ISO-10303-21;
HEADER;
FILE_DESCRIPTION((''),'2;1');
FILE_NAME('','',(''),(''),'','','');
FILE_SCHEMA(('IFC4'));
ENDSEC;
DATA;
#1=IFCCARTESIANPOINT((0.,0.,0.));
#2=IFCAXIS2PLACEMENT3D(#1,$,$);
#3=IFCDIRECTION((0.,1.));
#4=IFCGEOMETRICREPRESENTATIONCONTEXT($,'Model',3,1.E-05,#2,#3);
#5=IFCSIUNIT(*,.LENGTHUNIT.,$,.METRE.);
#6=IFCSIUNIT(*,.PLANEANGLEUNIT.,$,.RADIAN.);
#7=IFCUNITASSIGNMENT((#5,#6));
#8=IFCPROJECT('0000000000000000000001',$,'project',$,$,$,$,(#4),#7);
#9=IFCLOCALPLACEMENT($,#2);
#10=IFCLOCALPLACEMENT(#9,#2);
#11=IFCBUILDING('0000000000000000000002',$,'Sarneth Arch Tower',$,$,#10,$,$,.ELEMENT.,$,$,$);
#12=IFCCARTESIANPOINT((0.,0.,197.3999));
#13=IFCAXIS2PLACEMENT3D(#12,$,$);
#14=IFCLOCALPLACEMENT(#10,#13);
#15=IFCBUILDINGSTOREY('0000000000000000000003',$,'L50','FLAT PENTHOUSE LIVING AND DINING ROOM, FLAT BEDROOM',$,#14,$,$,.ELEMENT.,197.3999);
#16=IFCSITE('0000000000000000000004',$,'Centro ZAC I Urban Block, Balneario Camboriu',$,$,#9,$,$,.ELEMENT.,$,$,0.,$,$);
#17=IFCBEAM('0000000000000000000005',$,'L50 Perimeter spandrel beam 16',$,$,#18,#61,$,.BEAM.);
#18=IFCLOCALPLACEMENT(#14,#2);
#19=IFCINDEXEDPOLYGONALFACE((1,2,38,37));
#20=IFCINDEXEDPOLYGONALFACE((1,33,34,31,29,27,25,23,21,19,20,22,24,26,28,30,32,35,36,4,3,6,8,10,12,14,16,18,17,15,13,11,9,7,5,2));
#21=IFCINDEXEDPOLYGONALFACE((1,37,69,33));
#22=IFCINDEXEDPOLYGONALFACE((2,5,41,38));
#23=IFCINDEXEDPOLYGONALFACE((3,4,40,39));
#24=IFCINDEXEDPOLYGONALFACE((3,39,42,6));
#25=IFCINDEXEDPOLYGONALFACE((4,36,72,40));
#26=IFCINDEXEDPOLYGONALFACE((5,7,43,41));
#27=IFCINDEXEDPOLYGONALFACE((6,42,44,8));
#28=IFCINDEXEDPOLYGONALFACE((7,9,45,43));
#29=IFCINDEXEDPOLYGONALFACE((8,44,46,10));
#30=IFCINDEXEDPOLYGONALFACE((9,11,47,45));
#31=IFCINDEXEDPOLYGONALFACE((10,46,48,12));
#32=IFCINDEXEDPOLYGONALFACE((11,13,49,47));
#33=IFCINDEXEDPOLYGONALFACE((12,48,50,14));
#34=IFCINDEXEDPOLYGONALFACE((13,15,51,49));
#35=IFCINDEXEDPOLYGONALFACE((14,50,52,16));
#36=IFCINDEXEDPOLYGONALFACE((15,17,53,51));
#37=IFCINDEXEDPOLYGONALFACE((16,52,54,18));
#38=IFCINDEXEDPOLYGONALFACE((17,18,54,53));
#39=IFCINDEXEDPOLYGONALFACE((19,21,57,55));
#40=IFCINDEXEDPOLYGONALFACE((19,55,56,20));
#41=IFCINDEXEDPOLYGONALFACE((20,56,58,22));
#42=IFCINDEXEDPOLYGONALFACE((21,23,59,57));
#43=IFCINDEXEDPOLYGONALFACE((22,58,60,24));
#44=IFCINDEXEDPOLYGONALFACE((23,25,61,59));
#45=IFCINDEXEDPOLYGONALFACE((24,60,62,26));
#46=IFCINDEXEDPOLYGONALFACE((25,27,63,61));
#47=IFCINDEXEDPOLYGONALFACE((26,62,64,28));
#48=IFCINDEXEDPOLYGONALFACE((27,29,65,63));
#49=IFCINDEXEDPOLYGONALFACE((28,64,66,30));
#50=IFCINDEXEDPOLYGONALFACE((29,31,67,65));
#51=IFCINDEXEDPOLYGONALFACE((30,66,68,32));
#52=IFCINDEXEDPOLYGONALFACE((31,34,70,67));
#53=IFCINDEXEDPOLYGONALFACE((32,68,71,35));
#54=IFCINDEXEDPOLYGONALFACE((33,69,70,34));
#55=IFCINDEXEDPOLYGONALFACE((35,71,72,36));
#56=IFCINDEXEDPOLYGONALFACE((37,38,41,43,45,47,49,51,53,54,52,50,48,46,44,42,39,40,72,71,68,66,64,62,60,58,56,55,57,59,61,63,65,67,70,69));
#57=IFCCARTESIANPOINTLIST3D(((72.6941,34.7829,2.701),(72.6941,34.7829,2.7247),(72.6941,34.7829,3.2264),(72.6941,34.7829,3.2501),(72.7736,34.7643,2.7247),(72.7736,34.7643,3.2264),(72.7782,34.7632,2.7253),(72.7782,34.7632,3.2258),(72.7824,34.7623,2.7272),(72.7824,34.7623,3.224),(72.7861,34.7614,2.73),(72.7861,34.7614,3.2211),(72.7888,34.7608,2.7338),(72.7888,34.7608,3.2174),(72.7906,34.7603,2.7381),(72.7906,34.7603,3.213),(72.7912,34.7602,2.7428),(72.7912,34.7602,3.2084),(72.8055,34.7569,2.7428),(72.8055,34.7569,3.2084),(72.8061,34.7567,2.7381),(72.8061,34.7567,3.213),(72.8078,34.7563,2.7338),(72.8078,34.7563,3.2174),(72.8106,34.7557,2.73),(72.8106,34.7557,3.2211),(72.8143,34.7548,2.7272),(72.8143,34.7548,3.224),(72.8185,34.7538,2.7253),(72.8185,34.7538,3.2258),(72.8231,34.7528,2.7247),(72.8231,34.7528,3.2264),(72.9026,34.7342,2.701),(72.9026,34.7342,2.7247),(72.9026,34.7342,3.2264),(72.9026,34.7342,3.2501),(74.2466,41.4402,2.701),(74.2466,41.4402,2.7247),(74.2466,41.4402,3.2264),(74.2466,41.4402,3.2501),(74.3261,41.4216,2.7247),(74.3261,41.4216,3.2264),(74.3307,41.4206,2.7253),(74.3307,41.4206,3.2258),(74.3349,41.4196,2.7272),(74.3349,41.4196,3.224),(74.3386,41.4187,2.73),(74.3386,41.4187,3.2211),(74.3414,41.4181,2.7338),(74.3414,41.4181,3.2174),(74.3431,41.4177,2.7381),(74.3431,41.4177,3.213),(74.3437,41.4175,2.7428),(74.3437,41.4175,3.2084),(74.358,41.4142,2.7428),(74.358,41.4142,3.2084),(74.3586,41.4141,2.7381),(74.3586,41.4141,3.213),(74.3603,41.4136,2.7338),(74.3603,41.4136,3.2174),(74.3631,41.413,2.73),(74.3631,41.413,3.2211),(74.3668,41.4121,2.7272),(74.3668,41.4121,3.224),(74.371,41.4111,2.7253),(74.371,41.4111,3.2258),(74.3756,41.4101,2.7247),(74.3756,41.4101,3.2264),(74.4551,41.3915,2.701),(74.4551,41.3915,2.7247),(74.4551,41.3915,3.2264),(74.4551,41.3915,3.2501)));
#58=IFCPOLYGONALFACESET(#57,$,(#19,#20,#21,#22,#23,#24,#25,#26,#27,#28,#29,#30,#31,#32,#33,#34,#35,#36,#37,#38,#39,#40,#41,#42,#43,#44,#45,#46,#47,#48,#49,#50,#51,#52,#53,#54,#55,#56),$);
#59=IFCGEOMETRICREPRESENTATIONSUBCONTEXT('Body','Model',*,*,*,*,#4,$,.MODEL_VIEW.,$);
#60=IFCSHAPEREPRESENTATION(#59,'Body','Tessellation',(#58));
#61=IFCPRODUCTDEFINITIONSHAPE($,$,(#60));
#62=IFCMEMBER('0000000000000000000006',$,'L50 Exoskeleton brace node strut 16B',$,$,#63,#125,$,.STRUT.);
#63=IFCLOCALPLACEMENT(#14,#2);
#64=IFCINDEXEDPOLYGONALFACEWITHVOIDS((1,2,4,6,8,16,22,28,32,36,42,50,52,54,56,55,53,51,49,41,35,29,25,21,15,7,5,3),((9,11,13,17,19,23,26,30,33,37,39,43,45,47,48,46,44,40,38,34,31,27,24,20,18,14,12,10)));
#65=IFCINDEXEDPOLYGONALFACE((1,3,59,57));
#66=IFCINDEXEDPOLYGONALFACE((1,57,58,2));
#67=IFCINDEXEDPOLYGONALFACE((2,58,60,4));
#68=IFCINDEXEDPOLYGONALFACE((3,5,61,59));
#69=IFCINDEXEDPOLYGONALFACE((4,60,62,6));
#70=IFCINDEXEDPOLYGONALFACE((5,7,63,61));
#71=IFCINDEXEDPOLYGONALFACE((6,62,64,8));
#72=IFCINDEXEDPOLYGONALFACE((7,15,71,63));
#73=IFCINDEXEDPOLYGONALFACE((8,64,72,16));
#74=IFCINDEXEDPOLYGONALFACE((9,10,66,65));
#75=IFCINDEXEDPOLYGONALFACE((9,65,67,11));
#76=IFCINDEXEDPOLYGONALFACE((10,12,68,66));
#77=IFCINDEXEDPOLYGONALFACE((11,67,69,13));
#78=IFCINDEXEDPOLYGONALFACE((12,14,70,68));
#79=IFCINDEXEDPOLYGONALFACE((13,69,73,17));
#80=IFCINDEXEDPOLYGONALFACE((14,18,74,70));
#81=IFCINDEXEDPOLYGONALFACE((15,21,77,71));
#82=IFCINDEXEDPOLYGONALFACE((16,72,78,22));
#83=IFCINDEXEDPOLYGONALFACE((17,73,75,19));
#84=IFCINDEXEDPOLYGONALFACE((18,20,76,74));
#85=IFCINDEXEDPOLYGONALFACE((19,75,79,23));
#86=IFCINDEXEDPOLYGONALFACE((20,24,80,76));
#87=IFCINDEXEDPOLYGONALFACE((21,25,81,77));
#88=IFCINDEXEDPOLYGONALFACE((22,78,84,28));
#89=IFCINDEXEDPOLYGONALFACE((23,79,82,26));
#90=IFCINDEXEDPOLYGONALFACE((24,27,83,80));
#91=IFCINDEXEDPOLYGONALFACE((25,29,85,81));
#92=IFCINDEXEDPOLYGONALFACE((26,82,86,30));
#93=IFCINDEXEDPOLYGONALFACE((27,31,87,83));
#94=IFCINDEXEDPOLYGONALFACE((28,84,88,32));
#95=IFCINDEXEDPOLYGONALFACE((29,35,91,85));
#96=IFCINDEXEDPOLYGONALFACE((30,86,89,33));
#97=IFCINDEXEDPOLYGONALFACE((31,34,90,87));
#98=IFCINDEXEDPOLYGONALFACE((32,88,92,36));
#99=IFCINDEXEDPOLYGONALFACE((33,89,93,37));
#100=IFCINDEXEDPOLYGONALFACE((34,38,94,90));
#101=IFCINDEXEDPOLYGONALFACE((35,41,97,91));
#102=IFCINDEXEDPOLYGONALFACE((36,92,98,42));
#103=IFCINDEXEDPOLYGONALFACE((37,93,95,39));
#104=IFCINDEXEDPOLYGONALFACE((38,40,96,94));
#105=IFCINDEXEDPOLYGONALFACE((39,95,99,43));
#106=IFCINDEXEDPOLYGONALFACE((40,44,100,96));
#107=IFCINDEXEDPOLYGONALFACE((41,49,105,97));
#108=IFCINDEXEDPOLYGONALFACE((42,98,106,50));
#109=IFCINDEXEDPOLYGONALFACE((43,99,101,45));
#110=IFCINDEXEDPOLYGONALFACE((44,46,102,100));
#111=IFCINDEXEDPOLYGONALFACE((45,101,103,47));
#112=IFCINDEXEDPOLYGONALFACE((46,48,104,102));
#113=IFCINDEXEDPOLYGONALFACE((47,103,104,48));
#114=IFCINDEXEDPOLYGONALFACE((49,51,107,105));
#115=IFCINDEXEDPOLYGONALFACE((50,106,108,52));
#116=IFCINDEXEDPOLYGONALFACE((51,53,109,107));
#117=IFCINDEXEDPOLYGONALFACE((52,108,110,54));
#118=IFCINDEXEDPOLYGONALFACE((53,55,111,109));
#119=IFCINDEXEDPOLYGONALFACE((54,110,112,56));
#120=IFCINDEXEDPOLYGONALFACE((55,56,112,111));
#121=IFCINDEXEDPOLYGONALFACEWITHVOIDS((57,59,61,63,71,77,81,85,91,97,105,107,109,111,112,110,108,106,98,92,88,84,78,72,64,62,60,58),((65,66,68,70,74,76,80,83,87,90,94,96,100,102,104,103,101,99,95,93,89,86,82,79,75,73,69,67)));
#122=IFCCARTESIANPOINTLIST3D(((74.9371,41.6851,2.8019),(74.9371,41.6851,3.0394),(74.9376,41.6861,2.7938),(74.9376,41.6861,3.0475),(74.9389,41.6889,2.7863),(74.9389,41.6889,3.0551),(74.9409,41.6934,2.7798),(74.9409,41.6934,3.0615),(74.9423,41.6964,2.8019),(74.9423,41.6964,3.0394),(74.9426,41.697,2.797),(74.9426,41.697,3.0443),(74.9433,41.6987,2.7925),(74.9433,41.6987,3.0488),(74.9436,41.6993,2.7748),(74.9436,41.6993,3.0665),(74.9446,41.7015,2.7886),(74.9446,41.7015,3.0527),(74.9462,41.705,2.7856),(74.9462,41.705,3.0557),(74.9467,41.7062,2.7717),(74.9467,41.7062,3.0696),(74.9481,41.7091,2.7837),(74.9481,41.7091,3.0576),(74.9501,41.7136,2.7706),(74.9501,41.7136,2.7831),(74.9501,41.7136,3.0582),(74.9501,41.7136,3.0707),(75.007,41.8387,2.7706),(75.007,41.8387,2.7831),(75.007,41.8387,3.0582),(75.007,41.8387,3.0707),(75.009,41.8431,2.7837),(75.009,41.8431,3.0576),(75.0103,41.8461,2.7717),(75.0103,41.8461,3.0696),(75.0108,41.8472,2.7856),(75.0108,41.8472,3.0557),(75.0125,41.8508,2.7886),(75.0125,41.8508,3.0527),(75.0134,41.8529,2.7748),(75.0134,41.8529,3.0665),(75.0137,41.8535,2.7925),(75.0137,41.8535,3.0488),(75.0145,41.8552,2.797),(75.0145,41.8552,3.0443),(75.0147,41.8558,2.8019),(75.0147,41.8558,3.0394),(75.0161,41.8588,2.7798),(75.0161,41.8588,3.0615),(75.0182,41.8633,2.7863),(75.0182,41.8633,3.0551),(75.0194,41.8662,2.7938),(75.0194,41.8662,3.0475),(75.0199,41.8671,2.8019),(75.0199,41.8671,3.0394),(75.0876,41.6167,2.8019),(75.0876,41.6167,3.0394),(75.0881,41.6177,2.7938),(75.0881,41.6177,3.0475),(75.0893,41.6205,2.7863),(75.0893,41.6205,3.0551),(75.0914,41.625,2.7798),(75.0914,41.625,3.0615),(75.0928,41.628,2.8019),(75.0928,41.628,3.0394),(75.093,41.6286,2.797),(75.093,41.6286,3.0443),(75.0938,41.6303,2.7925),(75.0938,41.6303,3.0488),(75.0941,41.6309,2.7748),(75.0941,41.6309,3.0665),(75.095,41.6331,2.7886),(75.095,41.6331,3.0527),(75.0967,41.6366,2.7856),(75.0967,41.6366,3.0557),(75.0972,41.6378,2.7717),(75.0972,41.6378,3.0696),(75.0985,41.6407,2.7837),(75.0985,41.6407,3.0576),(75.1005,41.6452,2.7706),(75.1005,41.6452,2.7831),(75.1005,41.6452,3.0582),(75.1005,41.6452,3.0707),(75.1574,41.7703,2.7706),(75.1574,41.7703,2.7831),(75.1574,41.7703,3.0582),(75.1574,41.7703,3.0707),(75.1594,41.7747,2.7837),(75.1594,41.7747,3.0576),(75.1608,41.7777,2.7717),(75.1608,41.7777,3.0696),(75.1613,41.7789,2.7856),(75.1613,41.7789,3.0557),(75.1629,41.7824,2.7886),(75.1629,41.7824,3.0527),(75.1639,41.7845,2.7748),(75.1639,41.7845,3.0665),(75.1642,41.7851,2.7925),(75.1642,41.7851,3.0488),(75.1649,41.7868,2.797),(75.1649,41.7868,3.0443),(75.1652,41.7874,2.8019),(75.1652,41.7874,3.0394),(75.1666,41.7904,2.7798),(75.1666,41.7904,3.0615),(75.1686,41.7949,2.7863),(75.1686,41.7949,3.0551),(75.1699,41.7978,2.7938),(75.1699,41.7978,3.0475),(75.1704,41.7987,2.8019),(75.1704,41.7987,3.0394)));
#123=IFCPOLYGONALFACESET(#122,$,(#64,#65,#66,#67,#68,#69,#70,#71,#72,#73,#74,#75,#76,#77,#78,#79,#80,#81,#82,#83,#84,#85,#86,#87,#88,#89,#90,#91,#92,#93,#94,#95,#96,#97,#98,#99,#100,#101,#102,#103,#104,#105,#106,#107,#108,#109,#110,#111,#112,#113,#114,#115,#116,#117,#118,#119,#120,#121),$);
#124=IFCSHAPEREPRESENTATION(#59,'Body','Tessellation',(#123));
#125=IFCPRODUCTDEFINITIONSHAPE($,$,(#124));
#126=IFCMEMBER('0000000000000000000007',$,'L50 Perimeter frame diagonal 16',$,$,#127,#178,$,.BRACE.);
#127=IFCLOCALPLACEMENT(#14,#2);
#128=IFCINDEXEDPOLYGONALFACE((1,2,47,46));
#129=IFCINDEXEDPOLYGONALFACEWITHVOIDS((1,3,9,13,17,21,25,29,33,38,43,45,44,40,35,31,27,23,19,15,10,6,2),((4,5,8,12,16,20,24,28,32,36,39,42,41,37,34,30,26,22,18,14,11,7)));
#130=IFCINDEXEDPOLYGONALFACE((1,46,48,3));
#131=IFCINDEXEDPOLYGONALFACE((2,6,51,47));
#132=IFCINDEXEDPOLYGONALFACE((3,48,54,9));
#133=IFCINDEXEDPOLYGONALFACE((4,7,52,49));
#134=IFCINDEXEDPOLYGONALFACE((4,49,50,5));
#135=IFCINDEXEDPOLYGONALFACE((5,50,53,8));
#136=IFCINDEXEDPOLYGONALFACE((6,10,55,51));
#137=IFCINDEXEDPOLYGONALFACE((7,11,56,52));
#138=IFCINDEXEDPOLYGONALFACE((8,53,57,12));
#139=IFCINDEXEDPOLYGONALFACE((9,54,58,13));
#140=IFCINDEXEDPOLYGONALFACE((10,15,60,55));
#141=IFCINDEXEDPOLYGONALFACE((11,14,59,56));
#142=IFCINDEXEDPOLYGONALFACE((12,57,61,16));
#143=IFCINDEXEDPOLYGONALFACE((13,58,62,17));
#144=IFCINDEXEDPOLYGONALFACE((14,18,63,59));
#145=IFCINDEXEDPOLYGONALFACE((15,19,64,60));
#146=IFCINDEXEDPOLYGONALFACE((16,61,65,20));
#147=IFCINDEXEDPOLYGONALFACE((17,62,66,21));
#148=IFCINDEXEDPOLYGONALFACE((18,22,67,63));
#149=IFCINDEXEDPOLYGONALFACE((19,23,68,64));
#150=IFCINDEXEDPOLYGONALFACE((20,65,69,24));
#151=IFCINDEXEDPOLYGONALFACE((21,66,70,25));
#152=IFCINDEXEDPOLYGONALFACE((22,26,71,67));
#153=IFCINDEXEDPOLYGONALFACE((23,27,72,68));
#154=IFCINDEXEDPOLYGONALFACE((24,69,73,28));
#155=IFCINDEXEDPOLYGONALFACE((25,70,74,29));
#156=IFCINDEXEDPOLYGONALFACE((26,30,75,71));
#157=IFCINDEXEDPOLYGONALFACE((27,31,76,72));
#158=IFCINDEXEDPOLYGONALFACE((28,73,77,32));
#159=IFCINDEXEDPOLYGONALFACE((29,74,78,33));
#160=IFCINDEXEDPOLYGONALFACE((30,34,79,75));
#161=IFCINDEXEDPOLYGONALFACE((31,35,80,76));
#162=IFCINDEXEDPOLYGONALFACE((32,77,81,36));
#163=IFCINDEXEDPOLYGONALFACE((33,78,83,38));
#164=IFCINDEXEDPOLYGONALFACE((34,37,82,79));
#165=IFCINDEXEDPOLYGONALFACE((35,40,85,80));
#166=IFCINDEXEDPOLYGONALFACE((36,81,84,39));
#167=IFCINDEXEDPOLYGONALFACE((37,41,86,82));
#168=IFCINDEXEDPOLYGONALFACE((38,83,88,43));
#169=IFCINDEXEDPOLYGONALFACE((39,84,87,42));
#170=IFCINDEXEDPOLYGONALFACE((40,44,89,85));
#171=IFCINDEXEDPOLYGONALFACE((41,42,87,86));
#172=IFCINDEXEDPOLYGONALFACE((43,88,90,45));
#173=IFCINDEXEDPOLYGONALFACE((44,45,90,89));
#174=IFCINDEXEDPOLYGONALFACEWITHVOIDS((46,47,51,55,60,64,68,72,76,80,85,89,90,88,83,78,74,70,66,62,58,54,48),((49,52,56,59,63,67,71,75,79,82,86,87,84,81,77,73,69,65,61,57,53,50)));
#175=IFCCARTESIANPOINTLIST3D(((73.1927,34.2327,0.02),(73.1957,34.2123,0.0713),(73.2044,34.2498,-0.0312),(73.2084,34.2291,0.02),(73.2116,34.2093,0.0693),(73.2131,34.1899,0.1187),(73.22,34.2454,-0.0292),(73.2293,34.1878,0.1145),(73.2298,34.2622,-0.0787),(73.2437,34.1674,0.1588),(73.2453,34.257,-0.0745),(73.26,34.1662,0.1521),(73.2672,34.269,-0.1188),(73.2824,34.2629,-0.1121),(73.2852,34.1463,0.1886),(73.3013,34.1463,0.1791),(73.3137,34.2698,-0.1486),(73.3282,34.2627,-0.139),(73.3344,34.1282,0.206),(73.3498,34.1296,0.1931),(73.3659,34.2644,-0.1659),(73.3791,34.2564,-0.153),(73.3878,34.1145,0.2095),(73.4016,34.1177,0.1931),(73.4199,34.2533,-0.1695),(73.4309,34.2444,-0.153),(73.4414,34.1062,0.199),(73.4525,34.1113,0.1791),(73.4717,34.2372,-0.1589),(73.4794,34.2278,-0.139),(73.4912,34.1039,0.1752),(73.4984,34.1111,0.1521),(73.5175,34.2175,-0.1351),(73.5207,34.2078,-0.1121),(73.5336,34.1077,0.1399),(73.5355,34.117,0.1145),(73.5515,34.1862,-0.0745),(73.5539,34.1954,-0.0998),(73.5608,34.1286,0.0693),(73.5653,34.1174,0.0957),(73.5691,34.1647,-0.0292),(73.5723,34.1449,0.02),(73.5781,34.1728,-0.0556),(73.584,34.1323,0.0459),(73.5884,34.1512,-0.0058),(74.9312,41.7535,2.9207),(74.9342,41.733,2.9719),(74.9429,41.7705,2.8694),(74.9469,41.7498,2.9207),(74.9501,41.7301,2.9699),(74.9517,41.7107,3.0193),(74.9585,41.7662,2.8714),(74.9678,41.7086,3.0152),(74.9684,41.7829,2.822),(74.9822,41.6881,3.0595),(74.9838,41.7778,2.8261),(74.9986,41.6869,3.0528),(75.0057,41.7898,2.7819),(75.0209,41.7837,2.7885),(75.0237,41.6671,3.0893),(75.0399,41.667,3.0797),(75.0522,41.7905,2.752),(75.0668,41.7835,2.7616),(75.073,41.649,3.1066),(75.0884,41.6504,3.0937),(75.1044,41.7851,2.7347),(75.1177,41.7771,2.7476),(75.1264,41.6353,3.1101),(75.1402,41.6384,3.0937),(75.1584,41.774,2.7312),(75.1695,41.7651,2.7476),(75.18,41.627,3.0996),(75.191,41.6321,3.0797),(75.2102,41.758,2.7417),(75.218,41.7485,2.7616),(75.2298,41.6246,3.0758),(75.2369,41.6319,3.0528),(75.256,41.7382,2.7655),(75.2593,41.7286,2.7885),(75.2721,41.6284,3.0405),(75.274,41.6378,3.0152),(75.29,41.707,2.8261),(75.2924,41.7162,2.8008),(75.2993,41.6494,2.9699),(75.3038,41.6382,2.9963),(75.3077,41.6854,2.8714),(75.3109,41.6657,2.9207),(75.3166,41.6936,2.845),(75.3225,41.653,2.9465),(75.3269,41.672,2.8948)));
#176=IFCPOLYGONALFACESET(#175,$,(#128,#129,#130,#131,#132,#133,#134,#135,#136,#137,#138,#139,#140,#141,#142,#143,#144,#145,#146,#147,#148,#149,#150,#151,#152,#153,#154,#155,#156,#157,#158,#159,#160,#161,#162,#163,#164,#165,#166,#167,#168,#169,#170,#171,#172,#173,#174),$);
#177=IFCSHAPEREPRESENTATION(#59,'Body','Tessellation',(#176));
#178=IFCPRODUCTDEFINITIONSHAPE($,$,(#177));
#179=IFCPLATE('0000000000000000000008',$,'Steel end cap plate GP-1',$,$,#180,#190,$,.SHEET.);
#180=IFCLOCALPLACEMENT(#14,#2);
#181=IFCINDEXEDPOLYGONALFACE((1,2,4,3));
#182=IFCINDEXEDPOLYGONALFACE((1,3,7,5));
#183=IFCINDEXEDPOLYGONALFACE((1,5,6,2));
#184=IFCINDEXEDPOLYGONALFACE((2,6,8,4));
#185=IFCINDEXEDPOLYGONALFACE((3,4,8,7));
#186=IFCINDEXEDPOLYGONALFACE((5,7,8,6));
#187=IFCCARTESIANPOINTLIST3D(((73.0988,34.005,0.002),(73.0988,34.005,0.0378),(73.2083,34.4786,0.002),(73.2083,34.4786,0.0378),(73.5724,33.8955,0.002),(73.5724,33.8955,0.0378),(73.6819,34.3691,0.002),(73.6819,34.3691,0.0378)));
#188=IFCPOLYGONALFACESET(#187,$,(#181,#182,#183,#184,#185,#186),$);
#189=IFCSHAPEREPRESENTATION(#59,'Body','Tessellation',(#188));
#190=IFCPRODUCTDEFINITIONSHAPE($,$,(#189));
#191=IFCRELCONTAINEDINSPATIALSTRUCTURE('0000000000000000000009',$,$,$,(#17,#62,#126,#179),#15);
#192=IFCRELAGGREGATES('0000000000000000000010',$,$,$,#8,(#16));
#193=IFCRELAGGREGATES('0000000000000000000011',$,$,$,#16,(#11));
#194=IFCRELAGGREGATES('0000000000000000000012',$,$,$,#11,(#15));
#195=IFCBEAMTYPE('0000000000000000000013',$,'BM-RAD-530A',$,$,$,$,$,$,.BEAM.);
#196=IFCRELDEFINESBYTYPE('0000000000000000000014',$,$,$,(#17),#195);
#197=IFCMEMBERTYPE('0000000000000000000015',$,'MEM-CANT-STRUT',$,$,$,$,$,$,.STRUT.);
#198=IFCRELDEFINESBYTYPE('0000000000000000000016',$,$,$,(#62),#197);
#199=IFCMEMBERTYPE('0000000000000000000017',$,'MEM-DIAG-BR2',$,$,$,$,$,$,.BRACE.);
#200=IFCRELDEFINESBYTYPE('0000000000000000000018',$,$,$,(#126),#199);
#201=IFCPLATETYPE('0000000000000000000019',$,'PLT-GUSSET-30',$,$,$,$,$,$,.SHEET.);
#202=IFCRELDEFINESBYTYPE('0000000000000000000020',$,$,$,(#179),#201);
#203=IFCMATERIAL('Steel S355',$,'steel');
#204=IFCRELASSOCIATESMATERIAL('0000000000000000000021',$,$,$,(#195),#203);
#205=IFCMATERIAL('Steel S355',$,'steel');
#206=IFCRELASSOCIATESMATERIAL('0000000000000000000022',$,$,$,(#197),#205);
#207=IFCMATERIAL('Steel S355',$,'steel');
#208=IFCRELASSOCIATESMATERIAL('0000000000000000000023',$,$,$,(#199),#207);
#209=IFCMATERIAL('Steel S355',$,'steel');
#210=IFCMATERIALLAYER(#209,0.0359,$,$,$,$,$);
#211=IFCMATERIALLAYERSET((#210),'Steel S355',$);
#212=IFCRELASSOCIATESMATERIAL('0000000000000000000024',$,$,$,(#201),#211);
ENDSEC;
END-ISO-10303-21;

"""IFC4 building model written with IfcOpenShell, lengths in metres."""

from ifc_helpers import new_model, si_unit, direction, frame, origin, origin_2d, place, context, subcontext, project, spatial, rectangle, hollow_rectangle, hollow_circle, i_section, extrude, material, layer, layer_set, material_profile, profile_set, type_object, element, save


model = new_model("IFC4")

# Units and contexts
model_context = context("Model", 3, precision=1e-05, world=origin(), true_north=direction((0.0, 1.0)))
body_context = subcontext(model_context, "Body", "Model", "MODEL_VIEW")
ifc_project = project(units=[si_unit("LENGTHUNIT", "METRE"), si_unit("PLANEANGLEUNIT", "RADIAN")], contexts=[model_context])

# Site, building, storey
site_placement = place(None, origin())
site = spatial("IfcSite", under=ifc_project, at=site_placement, Name="Centro ZAC I Urban Block, Balneario Camboriu", CompositionType="ELEMENT", RefElevation=0.0)
building_placement = place(site_placement, origin())
building = spatial("IfcBuilding", under=site, at=building_placement, Name="Sarneth Arch Tower", CompositionType="ELEMENT")
storey_placement = place(building_placement, frame((0.0, 0.0, 197.3999)))
storey = spatial("IfcBuildingStorey", under=building, at=storey_placement, Name="L50", Description="FLAT PENTHOUSE LIVING AND DINING ROOM, FLAT BEDROOM", CompositionType="ELEMENT", Elevation=197.3999)

# Beam
ifc_material_1 = material(Name="Steel S355", Category="steel")
ifc_material_profile_1 = material_profile(ifc_material_1, i_section(OverallWidth=0.2141, OverallDepth=0.5491, WebThickness=0.0146, FlangeThickness=0.0237, FilletRadius=0.0181, at=origin_2d()), Name="W530x138")
ifc_profile_set_1 = profile_set([ifc_material_profile_1], Name="Steel S355")
beam_type_1 = type_object("IfcBeamType", Name="BM-RAD-530A", PredefinedType="BEAM", material=ifc_profile_set_1)
beam_1_placement = place(storey_placement, frame((72.7983, 34.7585, 2.9756), z_axis=(0.22711, 0.973869, 0.0), x_axis=(-0.973869, 0.22711, 0.0)))
element("IfcBeam", 1, at=beam_1_placement, inside=storey, type_object=beam_type_1, Name="L50 Perimeter spandrel beam 16", PredefinedType="BEAM", context=body_context, shape_type="SweptSolid", body=[
    extrude(i_section(OverallWidth=0.2141, OverallDepth=0.5491, WebThickness=0.0146, FlangeThickness=0.0237, FilletRadius=0.0181, at=origin_2d()), origin(), (0.0, 0.0, 1.0), 6.8359),
])

# Members
ifc_material_2 = material(Name="Steel S355", Category="steel")
ifc_material_profile_2 = material_profile(ifc_material_2, hollow_rectangle(XDim=0.2, YDim=0.3, WallThickness=0.0125, InnerFilletRadius=0.0188, OuterFilletRadius=0.0312, at=origin_2d()), Name="RHS300x200x12.5")
ifc_profile_set_2 = profile_set([ifc_material_profile_2], Name="Steel S355")
member_type_1 = type_object("IfcMemberType", Name="MEM-CANT-STRUT", PredefinedType="STRUT", material=ifc_profile_set_2)
member_1_placement = place(storey_placement, frame((74.9785, 41.7761, 2.9207), z_axis=(0.910366, -0.413803, 0.0), x_axis=(0.413803, 0.910366, 0.0)))
element("IfcMember", 2, at=member_1_placement, inside=storey, type_object=member_type_1, Name="L50 Exoskeleton brace node strut 16B", PredefinedType="STRUT", context=body_context, shape_type="SweptSolid", body=[
    extrude(hollow_rectangle(XDim=0.2, YDim=0.3, WallThickness=0.0125, InnerFilletRadius=0.0188, OuterFilletRadius=0.0312, at=origin_2d()), origin(), (0.0, 0.0, 1.0), 0.1653),
])
ifc_material_3 = material(Name="Steel S355", Category="steel")
ifc_material_profile_3 = material_profile(ifc_material_3, hollow_circle(Radius=0.2029, WallThickness=0.0161, at=origin_2d()), Name="CHS406x16")
ifc_profile_set_3 = profile_set([ifc_material_profile_3], Name="Steel S355")
member_type_2 = type_object("IfcMemberType", Name="MEM-DIAG-BR2", PredefinedType="BRACE", material=ifc_profile_set_3)
member_2_placement = place(storey_placement, frame((73.3904, 34.187, 0.02), z_axis=(0.21083, 0.912039, 0.351759), x_axis=(-0.974307, 0.225224, 0.0)))
element("IfcMember", 3, at=member_2_placement, inside=storey, type_object=member_type_2, Name="L50 Perimeter frame diagonal 16", PredefinedType="BRACE", context=body_context, shape_type="SweptSolid", body=[
    extrude(hollow_circle(Radius=0.2029, WallThickness=0.0161, at=origin_2d()), origin(), (0.0, 0.0, 1.0), 8.2461),
])

# Plate
ifc_material_4 = material(Name="Steel S355", Category="steel")
ifc_layer_1 = layer(ifc_material_4, 0.0359)
ifc_layer_set_1 = layer_set([ifc_layer_1], Name="Steel S355")
plate_type = type_object("IfcPlateType", Name="PLT-GUSSET-30", PredefinedType="SHEET", material=ifc_layer_set_1)
for number, where, z_axis, x_axis, name in (
    (4, (73.3904, 34.187, 0.002), (0.0, 0.0, 1.0), (0.225291, 0.974291, 0.0), "Steel end cap plate GP-1"),
):
    element("IfcPlate", number, at=place(storey_placement, frame(where, z_axis=z_axis, x_axis=x_axis)), inside=storey, type_object=plate_type, Name=name, PredefinedType="SHEET", context=body_context, shape_type="SweptSolid", body=[
        extrude(rectangle(XDim=0.4861, YDim=0.4861, at=origin_2d()), origin(), (0.0, 0.0, 1.0), 0.0359),
    ])

save(model, "model.ifc")
